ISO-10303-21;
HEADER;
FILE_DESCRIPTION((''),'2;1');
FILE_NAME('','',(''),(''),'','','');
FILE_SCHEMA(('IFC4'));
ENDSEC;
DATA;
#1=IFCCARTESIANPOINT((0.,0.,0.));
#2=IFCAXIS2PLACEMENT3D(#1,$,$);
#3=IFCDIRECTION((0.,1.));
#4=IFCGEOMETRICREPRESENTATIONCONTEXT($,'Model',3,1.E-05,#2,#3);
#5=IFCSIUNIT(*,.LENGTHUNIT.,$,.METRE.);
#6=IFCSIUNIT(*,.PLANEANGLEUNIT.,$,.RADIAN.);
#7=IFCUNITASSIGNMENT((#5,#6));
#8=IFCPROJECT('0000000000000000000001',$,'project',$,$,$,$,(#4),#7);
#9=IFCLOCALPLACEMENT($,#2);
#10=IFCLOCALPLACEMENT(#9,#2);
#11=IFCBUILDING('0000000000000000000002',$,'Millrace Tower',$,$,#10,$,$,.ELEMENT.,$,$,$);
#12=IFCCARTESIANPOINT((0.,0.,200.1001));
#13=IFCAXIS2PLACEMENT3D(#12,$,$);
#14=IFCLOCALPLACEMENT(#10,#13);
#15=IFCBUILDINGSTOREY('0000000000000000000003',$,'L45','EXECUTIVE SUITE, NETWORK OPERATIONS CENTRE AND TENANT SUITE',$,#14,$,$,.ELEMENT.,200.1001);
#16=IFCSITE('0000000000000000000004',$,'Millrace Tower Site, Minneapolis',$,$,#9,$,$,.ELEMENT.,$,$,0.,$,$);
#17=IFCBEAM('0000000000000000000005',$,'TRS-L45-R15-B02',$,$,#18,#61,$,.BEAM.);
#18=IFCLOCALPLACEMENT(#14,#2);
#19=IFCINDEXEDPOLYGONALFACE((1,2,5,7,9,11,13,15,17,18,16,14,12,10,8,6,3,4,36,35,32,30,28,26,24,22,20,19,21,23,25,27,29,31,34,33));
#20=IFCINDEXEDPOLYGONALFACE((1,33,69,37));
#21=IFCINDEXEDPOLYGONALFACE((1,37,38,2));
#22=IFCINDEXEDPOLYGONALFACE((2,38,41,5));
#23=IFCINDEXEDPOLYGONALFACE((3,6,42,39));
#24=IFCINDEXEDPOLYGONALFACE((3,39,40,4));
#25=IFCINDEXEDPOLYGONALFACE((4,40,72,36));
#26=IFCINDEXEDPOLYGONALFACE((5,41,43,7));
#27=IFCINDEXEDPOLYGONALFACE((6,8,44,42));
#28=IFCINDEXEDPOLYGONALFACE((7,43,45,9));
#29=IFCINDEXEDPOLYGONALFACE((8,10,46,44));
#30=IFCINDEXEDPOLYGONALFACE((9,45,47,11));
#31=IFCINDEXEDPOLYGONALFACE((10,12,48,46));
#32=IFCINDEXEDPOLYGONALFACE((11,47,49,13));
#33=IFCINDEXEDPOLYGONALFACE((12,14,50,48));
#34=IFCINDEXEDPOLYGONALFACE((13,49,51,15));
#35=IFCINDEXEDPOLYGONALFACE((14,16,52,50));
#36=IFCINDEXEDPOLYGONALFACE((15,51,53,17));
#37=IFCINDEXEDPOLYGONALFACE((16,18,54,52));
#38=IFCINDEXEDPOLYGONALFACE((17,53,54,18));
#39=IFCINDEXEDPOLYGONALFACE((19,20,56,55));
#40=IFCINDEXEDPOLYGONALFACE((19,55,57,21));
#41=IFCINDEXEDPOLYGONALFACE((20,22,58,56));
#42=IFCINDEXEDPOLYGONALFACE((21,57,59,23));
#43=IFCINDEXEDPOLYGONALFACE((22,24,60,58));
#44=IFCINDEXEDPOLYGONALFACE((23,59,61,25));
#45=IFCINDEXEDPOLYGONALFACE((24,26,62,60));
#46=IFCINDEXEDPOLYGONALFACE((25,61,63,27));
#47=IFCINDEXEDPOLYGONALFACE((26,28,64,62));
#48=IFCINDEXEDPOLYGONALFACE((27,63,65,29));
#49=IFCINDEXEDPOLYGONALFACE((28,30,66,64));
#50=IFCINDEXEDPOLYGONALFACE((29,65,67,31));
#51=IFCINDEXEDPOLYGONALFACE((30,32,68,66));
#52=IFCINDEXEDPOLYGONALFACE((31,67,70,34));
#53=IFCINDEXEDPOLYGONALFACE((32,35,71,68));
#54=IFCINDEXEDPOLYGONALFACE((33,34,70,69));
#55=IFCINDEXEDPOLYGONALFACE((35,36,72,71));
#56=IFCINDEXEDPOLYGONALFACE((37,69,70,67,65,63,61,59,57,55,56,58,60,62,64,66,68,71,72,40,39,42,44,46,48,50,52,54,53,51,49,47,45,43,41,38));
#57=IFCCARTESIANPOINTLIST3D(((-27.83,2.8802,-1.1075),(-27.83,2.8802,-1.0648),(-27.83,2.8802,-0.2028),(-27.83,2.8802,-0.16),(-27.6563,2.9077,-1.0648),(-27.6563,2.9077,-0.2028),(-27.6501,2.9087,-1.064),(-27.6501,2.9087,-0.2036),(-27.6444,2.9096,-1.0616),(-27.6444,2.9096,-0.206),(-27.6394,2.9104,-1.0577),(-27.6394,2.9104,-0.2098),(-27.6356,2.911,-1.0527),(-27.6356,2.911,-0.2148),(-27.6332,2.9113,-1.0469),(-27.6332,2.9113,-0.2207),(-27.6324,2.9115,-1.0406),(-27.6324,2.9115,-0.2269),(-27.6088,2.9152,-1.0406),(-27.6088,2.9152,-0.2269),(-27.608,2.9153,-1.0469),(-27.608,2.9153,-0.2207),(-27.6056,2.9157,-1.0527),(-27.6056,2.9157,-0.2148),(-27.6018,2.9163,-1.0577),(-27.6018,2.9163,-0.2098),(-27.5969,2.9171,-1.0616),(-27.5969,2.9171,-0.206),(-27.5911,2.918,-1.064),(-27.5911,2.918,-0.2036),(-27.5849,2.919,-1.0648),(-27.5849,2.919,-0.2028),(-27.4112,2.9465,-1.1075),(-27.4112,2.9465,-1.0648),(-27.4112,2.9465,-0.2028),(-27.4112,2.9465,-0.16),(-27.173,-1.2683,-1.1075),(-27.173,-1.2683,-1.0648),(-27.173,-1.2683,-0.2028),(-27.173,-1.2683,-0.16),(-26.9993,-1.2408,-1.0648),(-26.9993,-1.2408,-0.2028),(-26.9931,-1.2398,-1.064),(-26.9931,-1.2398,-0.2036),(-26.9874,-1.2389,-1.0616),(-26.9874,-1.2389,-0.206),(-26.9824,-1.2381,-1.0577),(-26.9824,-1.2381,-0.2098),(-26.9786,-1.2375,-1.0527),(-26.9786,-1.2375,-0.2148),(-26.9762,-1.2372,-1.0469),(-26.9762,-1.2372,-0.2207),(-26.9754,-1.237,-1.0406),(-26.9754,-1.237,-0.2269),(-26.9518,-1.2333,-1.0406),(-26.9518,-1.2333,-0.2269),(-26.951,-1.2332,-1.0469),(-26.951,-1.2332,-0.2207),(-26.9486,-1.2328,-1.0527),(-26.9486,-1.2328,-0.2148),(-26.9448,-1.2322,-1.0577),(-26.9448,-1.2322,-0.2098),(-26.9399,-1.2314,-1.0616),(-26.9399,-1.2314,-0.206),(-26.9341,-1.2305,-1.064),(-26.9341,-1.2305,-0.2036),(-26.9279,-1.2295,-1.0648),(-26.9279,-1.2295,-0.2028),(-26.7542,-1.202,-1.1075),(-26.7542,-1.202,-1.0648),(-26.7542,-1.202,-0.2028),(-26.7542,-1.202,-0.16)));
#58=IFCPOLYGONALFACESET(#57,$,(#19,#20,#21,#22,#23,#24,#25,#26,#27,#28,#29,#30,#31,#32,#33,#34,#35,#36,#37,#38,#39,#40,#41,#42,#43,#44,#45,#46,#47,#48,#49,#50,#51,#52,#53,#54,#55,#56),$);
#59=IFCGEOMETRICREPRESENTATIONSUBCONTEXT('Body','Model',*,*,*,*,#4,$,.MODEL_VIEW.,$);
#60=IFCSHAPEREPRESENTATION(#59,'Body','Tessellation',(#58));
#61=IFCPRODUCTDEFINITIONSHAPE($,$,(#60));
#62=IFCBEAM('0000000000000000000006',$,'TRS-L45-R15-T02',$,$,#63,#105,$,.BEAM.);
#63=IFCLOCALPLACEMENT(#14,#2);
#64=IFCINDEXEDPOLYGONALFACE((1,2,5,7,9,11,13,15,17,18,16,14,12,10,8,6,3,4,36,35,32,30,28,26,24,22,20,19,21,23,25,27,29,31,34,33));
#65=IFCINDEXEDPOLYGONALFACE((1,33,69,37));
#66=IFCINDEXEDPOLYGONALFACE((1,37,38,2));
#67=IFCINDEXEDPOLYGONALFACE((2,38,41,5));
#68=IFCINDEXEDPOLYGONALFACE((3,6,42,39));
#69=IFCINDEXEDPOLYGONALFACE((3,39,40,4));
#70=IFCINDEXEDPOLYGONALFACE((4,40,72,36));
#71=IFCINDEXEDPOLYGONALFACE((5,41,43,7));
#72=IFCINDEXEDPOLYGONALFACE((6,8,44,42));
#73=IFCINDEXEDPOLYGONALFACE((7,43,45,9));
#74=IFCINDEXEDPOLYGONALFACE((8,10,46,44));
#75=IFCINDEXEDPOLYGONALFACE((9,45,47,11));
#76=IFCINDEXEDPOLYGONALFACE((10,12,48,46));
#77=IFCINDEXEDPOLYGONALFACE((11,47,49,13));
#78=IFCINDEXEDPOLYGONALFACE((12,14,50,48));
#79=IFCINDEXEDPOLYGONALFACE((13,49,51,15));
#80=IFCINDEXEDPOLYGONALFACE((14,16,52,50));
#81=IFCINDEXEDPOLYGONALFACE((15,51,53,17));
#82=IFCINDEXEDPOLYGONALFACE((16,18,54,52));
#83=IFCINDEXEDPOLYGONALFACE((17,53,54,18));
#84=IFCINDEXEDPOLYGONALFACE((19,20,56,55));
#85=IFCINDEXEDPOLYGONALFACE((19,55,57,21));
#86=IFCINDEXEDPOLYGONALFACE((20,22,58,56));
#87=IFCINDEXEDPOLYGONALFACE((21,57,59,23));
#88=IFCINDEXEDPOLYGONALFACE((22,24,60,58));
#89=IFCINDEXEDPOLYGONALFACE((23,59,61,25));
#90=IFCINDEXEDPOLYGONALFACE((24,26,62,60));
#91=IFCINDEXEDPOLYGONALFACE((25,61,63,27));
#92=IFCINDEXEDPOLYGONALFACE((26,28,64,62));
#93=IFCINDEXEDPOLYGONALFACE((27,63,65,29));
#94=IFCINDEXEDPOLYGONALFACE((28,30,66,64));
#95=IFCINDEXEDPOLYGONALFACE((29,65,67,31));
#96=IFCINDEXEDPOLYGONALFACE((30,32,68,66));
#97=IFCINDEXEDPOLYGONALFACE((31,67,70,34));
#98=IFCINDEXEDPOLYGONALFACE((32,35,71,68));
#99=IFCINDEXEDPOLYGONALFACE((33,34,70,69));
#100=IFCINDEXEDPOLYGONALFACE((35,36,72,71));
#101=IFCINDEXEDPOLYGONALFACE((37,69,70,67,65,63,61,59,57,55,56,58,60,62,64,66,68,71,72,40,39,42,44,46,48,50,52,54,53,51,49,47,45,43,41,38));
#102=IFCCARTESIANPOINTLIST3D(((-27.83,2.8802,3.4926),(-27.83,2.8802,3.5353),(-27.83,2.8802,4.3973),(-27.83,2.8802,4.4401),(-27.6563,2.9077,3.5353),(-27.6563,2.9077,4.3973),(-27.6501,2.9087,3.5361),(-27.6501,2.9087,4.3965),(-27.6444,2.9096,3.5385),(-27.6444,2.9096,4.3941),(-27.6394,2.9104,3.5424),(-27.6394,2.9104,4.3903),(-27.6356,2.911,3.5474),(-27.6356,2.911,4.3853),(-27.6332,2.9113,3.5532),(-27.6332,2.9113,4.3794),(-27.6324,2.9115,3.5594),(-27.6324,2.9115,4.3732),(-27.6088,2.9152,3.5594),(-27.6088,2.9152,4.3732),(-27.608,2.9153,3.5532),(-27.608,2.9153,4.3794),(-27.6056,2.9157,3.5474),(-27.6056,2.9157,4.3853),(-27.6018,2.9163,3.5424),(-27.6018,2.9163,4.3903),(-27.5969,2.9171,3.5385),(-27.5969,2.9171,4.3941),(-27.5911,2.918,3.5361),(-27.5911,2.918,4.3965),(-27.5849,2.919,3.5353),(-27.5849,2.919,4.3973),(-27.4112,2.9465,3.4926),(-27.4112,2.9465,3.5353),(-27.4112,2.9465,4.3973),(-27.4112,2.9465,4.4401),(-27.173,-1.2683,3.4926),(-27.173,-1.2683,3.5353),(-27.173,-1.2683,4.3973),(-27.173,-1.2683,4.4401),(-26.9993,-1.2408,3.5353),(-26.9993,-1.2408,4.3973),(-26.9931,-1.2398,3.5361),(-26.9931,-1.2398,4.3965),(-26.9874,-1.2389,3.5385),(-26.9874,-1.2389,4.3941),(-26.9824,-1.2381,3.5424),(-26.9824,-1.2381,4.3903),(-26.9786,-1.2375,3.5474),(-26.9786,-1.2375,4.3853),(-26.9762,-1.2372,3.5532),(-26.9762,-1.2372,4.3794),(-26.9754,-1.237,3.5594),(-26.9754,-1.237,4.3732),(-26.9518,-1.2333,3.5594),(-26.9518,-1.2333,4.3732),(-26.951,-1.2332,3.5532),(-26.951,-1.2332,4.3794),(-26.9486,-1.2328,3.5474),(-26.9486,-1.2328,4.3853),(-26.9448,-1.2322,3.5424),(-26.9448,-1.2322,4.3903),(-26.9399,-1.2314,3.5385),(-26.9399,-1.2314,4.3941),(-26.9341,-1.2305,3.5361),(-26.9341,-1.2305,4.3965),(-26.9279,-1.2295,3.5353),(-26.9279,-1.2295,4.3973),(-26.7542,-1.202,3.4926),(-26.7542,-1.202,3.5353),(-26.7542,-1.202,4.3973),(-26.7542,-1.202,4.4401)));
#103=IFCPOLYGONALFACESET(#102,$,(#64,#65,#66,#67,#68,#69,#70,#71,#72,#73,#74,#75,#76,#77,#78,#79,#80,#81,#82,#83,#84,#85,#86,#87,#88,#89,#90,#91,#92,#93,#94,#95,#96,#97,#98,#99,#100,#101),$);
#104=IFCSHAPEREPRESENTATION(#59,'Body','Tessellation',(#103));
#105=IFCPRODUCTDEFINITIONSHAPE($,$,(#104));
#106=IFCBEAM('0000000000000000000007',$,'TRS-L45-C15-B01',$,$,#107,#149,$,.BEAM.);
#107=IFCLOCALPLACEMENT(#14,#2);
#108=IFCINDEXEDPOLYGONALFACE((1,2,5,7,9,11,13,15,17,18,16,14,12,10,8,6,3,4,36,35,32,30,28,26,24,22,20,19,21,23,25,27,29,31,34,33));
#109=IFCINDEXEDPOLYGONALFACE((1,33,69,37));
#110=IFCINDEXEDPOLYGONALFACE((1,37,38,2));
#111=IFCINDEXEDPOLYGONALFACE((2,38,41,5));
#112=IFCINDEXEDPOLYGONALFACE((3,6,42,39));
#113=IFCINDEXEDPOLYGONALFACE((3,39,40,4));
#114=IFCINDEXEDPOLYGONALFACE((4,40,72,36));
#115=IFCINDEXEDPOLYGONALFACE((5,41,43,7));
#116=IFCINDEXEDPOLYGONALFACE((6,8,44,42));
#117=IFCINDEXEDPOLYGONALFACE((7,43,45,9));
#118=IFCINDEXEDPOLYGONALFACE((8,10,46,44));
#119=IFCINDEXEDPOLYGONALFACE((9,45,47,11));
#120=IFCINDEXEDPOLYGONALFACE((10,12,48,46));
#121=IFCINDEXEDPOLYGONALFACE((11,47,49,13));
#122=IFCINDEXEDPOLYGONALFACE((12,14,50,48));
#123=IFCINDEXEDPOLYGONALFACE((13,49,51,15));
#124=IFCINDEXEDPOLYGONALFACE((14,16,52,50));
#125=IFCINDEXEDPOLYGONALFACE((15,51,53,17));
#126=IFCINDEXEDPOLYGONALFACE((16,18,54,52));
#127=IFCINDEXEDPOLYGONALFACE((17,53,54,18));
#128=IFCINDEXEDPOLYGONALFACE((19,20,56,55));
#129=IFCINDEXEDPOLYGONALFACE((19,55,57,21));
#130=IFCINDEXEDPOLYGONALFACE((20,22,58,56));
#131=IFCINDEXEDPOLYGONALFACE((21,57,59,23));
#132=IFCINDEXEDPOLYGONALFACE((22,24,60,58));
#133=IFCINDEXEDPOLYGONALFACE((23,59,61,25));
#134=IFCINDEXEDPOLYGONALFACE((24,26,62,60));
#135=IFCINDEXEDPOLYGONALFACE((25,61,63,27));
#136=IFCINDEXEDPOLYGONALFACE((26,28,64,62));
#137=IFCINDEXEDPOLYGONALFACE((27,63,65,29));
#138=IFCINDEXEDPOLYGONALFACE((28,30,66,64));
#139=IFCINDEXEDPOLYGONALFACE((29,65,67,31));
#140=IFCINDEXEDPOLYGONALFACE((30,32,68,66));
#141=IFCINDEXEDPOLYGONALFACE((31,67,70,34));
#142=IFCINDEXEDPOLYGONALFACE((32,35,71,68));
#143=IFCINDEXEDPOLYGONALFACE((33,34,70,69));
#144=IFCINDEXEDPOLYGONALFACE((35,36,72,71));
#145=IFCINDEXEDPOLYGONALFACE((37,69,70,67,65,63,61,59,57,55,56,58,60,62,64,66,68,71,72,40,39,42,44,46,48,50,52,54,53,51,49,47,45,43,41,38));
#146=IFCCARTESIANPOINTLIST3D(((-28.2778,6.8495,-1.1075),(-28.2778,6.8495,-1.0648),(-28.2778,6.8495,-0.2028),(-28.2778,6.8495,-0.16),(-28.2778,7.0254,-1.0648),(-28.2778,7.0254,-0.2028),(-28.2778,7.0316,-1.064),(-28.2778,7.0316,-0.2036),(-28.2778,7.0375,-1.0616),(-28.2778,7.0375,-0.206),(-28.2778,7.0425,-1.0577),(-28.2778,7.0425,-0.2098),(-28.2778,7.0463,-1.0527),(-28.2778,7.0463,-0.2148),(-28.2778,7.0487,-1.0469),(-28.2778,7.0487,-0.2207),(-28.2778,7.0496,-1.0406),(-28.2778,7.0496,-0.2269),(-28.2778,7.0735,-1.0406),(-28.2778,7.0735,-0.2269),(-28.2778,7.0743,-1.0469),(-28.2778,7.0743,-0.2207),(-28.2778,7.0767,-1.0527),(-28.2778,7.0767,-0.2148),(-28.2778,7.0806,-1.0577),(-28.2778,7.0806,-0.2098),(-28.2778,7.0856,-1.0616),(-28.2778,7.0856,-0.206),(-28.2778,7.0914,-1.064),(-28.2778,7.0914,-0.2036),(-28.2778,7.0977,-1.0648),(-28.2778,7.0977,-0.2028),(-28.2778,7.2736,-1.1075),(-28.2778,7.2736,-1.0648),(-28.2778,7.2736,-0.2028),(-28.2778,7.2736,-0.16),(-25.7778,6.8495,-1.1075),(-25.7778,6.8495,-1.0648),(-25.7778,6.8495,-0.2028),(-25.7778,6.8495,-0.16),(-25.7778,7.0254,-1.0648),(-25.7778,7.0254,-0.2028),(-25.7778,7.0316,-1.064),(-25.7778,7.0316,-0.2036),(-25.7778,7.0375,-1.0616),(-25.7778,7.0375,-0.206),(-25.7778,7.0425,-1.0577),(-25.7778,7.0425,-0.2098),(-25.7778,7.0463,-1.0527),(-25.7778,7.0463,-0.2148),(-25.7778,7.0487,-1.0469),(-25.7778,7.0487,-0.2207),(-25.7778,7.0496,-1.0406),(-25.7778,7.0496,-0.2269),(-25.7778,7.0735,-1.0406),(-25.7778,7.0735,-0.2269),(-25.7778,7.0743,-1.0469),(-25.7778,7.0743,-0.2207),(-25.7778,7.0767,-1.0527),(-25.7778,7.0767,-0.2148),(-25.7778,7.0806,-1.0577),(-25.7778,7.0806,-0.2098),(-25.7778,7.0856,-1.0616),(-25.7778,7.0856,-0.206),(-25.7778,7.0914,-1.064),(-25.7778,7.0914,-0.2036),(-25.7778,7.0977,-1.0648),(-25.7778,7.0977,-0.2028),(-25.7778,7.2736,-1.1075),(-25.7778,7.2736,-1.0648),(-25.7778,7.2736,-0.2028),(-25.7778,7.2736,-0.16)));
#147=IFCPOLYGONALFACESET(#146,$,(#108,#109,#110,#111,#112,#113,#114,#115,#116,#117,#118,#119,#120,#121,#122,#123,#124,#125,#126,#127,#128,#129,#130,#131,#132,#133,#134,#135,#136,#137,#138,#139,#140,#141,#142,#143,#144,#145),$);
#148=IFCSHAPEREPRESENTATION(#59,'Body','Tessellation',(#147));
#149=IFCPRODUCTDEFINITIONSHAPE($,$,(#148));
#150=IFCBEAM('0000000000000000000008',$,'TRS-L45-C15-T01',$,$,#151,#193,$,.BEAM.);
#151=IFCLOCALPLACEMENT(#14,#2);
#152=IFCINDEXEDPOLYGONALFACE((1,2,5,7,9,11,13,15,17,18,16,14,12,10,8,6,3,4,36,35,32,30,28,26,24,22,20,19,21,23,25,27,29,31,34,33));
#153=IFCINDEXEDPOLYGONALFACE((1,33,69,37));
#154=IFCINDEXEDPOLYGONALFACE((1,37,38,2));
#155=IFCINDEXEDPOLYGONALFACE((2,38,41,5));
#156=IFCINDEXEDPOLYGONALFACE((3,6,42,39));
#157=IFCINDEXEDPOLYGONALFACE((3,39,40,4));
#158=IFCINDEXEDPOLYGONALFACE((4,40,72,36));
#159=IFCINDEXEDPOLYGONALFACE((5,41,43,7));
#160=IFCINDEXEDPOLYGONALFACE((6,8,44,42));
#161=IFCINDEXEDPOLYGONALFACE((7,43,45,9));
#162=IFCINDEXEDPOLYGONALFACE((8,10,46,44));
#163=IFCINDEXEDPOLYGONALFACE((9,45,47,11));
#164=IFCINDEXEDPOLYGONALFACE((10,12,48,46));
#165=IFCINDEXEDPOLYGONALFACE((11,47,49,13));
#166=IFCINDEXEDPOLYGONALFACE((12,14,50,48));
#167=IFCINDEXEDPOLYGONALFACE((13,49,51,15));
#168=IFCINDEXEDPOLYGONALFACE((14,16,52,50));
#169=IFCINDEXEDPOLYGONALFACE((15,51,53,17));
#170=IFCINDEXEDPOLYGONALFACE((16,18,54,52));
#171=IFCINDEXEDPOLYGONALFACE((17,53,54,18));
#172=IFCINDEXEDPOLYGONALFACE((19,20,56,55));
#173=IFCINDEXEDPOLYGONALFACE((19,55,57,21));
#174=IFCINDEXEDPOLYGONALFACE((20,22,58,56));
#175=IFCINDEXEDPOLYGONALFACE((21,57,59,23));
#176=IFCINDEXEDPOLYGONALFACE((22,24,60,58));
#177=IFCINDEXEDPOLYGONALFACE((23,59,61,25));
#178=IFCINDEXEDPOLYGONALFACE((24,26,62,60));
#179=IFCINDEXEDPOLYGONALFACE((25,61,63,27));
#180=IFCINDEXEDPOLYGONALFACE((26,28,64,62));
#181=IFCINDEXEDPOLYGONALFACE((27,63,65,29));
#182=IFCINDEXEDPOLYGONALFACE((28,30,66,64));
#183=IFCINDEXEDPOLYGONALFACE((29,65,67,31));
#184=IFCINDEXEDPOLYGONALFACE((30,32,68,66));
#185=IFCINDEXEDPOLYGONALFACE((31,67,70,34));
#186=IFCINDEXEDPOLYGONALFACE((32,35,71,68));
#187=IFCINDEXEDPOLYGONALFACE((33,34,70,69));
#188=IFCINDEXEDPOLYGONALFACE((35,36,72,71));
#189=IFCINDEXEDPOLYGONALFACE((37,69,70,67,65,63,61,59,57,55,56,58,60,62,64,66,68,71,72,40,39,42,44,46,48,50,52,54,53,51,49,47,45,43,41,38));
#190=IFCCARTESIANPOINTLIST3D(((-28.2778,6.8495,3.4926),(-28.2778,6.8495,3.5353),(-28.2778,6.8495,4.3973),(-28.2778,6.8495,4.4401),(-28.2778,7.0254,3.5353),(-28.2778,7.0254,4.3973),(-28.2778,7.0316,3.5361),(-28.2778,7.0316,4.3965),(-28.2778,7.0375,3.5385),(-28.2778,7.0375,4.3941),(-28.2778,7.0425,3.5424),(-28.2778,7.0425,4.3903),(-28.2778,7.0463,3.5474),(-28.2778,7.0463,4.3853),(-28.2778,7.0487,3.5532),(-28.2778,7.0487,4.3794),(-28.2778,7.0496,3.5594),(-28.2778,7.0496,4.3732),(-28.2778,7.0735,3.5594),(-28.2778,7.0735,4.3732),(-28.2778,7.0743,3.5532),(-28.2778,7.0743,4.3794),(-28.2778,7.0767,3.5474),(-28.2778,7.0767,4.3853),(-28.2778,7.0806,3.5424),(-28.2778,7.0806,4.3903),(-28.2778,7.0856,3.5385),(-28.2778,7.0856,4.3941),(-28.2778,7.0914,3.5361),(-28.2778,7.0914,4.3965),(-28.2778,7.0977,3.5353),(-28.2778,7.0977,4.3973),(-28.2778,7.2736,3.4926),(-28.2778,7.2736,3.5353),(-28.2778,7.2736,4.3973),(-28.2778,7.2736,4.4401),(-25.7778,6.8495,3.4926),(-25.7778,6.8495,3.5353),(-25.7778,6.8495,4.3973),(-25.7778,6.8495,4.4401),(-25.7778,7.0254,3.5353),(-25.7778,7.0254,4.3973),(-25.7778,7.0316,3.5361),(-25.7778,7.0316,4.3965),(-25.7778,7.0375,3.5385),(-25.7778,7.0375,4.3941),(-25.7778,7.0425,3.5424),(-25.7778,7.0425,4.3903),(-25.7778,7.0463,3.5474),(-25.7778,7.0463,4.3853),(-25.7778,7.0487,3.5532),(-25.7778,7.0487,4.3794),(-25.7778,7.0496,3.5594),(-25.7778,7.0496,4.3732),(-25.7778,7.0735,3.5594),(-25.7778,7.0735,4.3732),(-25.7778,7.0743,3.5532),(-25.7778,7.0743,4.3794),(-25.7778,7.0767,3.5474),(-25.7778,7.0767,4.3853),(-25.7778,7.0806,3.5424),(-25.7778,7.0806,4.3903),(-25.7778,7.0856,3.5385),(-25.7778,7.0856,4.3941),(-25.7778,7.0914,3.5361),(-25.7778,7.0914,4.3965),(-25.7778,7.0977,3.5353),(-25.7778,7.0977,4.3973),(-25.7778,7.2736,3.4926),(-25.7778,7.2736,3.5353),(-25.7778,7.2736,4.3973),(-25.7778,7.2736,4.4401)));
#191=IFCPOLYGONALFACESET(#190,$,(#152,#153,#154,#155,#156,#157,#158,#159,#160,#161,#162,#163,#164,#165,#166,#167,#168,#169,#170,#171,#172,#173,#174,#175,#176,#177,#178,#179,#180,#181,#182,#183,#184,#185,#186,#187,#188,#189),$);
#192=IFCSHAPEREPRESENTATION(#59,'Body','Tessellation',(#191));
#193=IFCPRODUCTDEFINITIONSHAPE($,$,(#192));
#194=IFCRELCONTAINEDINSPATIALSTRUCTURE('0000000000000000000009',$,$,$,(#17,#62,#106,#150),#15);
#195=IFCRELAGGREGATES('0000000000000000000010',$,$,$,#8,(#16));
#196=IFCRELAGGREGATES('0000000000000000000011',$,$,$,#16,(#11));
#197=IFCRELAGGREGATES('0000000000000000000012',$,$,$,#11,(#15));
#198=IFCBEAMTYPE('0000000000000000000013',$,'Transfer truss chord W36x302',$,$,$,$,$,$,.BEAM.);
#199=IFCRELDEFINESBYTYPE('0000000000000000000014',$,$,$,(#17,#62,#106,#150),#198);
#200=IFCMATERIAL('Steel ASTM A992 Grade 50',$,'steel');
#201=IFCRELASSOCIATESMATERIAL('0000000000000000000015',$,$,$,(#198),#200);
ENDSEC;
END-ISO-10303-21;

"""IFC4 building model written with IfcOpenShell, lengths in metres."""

from ifc_helpers import new_model, si_unit, direction, frame, origin, origin_2d, place, context, subcontext, project, spatial, i_section, extrude, material, material_profile, profile_set, type_object, element, save


model = new_model("IFC4")

# Units and contexts
model_context = context("Model", 3, precision=1e-05, world=origin(), true_north=direction((0.0, 1.0)))
body_context = subcontext(model_context, "Body", "Model", "MODEL_VIEW")
ifc_project = project(units=[si_unit("LENGTHUNIT", "METRE"), si_unit("PLANEANGLEUNIT", "RADIAN")], contexts=[model_context])

# Site, building, storey
site_placement = place(None, origin())
site = spatial("IfcSite", under=ifc_project, at=site_placement, Name="Millrace Tower Site, Minneapolis", CompositionType="ELEMENT", RefElevation=0.0)
building_placement = place(site_placement, origin())
building = spatial("IfcBuilding", under=site, at=building_placement, Name="Millrace Tower", CompositionType="ELEMENT")
storey_placement = place(building_placement, frame((0.0, 0.0, 200.1001)))
storey = spatial("IfcBuildingStorey", under=building, at=storey_placement, Name="L45", Description="EXECUTIVE SUITE, NETWORK OPERATIONS CENTRE AND TENANT SUITE", CompositionType="ELEMENT", Elevation=200.1001)

# Beams
ifc_material_1 = material(Name="Steel ASTM A992 Grade 50", Category="steel")
ifc_material_profile_1 = material_profile(ifc_material_1, i_section(OverallWidth=0.4241, OverallDepth=0.9475, WebThickness=0.0239, FlangeThickness=0.0427, FilletRadius=0.0242, at=origin_2d()))
ifc_profile_set_1 = profile_set([ifc_material_profile_1], Name="Steel ASTM A992 Grade 50")
beam_type_1 = type_object("IfcBeamType", Name="Transfer truss chord W36x302", PredefinedType="BEAM", material=ifc_profile_set_1)
for number, where, z_axis, x_axis, name in (
    (1, (-27.6206, 2.9133, -0.6338), (0.156419, -0.987691, 0.0), (0.987691, 0.156419, 0.0), "TRS-L45-R15-B02"),
    (2, (-27.6206, 2.9133, 3.9663), (0.156419, -0.987691, 0.0), (0.987691, 0.156419, 0.0), "TRS-L45-R15-T02"),
):
    element("IfcBeam", number, at=place(storey_placement, frame(where, z_axis=z_axis, x_axis=x_axis)), inside=storey, type_object=beam_type_1, Name=name, PredefinedType="BEAM", context=body_context, shape_type="SweptSolid", body=[
        extrude(i_section(OverallWidth=0.4241, OverallDepth=0.9475, WebThickness=0.0239, FlangeThickness=0.0427, FilletRadius=0.0242, at=origin_2d()), origin(), (0.0, 0.0, 1.0), 4.2002),
    ])
for number, where, z_axis, x_axis, name in (
    (3, (-28.2778, 7.0615, -0.6338), (1.0, 0.0, 0.0), (0.0, 1.0, 0.0), "TRS-L45-C15-B01"),
    (4, (-28.2778, 7.0615, 3.9663), (1.0, 0.0, 0.0), (0.0, 1.0, 0.0), "TRS-L45-C15-T01"),
):
    element("IfcBeam", number, at=place(storey_placement, frame(where, z_axis=z_axis, x_axis=x_axis)), inside=storey, type_object=beam_type_1, Name=name, PredefinedType="BEAM", context=body_context, shape_type="SweptSolid", body=[
        extrude(i_section(OverallWidth=0.4241, OverallDepth=0.9475, WebThickness=0.0239, FlangeThickness=0.0427, FilletRadius=0.0242, at=origin_2d()), origin(), (0.0, 0.0, 1.0), 2.5),
    ])

save(model, "model.ifc")
